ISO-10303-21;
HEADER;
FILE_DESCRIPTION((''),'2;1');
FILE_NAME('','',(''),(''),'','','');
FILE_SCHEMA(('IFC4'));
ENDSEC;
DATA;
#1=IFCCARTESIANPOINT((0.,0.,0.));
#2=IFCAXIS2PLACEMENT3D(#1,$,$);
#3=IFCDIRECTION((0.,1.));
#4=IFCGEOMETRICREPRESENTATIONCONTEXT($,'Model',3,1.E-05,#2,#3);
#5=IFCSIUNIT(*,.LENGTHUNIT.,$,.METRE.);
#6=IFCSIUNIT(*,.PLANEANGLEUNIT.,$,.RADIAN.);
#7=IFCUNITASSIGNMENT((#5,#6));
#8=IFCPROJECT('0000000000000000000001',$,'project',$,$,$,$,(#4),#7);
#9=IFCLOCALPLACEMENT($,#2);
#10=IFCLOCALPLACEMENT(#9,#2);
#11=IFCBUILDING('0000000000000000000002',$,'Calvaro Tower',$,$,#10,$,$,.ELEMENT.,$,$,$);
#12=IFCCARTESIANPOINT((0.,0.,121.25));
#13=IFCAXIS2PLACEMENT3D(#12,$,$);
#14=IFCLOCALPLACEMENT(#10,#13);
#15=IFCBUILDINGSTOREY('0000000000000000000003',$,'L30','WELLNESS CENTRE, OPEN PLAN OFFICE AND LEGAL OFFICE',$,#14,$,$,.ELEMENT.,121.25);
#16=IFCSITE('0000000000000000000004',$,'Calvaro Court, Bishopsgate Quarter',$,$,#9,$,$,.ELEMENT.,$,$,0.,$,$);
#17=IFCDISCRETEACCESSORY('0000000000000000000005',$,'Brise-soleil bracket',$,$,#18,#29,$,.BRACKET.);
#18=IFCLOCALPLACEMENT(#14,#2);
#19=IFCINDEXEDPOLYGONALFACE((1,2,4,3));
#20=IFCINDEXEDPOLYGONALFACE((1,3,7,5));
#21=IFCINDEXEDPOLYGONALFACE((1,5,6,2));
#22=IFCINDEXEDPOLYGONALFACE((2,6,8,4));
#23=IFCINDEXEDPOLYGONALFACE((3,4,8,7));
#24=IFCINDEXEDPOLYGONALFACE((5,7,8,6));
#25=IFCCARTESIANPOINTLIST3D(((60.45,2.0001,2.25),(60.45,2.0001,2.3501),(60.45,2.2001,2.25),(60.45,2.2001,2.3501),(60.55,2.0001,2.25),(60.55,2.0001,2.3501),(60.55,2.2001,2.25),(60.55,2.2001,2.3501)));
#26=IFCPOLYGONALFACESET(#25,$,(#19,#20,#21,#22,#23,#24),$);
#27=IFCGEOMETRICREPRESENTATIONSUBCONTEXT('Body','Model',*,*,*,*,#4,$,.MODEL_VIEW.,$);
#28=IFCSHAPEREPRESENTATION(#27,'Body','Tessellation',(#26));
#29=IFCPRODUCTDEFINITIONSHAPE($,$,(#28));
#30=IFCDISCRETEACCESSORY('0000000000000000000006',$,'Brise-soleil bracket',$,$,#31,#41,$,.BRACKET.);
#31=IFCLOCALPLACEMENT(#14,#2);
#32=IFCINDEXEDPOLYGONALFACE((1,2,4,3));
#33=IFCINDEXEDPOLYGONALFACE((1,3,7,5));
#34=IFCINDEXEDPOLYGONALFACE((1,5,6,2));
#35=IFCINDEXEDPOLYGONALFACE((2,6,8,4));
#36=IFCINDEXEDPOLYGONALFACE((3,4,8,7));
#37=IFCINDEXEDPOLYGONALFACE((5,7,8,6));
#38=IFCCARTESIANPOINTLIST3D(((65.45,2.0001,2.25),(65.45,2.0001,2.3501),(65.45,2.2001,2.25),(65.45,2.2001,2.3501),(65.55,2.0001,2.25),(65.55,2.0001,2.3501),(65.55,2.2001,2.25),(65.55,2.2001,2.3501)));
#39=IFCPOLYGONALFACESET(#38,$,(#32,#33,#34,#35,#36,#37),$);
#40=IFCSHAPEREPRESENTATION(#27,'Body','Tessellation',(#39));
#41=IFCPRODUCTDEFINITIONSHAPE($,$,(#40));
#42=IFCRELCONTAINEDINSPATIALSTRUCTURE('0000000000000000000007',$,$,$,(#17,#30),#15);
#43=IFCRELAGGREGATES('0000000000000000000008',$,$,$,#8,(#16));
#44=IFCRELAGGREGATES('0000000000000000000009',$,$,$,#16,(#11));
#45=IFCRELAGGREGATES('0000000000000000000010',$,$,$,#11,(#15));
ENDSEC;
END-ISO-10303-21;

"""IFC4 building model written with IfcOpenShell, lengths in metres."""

from ifc_helpers import new_model, si_unit, direction, frame, origin, origin_2d, place, context, subcontext, project, spatial, rectangle, extrude, element, save


model = new_model("IFC4")

# Units and contexts
model_context = context("Model", 3, precision=1e-05, world=origin(), true_north=direction((0.0, 1.0)))
body_context = subcontext(model_context, "Body", "Model", "MODEL_VIEW")
ifc_project = project(units=[si_unit("LENGTHUNIT", "METRE"), si_unit("PLANEANGLEUNIT", "RADIAN")], contexts=[model_context])

# Site, building, storey
site_placement = place(None, origin())
site = spatial("IfcSite", under=ifc_project, at=site_placement, Name="Calvaro Court, Bishopsgate Quarter", CompositionType="ELEMENT", RefElevation=0.0)
building_placement = place(site_placement, origin())
building = spatial("IfcBuilding", under=site, at=building_placement, Name="Calvaro Tower", CompositionType="ELEMENT")
storey_placement = place(building_placement, frame((0.0, 0.0, 121.25)))
storey = spatial("IfcBuildingStorey", under=building, at=storey_placement, Name="L30", Description="WELLNESS CENTRE, OPEN PLAN OFFICE AND LEGAL OFFICE", CompositionType="ELEMENT", Elevation=121.25)

# Discrete accessories
for number, where, z_axis, x_axis, name in (
    (1, (60.5, 2.1001, 2.25), (0.0, 0.0, 1.0), (1.0, 0.0, 0.0), "Brise-soleil bracket"),
    (2, (65.5, 2.1001, 2.25), (0.0, 0.0, 1.0), (1.0, 0.0, 0.0), "Brise-soleil bracket"),
):
    element("IfcDiscreteAccessory", number, at=place(storey_placement, frame(where, z_axis=z_axis, x_axis=x_axis)), inside=storey, Name=name, PredefinedType="BRACKET", context=body_context, shape_type="SweptSolid", body=[
        extrude(rectangle(XDim=0.1001, YDim=0.2, at=origin_2d()), origin(), (0.0, 0.0, 1.0), 0.1001),
    ])

save(model, "model.ifc")
